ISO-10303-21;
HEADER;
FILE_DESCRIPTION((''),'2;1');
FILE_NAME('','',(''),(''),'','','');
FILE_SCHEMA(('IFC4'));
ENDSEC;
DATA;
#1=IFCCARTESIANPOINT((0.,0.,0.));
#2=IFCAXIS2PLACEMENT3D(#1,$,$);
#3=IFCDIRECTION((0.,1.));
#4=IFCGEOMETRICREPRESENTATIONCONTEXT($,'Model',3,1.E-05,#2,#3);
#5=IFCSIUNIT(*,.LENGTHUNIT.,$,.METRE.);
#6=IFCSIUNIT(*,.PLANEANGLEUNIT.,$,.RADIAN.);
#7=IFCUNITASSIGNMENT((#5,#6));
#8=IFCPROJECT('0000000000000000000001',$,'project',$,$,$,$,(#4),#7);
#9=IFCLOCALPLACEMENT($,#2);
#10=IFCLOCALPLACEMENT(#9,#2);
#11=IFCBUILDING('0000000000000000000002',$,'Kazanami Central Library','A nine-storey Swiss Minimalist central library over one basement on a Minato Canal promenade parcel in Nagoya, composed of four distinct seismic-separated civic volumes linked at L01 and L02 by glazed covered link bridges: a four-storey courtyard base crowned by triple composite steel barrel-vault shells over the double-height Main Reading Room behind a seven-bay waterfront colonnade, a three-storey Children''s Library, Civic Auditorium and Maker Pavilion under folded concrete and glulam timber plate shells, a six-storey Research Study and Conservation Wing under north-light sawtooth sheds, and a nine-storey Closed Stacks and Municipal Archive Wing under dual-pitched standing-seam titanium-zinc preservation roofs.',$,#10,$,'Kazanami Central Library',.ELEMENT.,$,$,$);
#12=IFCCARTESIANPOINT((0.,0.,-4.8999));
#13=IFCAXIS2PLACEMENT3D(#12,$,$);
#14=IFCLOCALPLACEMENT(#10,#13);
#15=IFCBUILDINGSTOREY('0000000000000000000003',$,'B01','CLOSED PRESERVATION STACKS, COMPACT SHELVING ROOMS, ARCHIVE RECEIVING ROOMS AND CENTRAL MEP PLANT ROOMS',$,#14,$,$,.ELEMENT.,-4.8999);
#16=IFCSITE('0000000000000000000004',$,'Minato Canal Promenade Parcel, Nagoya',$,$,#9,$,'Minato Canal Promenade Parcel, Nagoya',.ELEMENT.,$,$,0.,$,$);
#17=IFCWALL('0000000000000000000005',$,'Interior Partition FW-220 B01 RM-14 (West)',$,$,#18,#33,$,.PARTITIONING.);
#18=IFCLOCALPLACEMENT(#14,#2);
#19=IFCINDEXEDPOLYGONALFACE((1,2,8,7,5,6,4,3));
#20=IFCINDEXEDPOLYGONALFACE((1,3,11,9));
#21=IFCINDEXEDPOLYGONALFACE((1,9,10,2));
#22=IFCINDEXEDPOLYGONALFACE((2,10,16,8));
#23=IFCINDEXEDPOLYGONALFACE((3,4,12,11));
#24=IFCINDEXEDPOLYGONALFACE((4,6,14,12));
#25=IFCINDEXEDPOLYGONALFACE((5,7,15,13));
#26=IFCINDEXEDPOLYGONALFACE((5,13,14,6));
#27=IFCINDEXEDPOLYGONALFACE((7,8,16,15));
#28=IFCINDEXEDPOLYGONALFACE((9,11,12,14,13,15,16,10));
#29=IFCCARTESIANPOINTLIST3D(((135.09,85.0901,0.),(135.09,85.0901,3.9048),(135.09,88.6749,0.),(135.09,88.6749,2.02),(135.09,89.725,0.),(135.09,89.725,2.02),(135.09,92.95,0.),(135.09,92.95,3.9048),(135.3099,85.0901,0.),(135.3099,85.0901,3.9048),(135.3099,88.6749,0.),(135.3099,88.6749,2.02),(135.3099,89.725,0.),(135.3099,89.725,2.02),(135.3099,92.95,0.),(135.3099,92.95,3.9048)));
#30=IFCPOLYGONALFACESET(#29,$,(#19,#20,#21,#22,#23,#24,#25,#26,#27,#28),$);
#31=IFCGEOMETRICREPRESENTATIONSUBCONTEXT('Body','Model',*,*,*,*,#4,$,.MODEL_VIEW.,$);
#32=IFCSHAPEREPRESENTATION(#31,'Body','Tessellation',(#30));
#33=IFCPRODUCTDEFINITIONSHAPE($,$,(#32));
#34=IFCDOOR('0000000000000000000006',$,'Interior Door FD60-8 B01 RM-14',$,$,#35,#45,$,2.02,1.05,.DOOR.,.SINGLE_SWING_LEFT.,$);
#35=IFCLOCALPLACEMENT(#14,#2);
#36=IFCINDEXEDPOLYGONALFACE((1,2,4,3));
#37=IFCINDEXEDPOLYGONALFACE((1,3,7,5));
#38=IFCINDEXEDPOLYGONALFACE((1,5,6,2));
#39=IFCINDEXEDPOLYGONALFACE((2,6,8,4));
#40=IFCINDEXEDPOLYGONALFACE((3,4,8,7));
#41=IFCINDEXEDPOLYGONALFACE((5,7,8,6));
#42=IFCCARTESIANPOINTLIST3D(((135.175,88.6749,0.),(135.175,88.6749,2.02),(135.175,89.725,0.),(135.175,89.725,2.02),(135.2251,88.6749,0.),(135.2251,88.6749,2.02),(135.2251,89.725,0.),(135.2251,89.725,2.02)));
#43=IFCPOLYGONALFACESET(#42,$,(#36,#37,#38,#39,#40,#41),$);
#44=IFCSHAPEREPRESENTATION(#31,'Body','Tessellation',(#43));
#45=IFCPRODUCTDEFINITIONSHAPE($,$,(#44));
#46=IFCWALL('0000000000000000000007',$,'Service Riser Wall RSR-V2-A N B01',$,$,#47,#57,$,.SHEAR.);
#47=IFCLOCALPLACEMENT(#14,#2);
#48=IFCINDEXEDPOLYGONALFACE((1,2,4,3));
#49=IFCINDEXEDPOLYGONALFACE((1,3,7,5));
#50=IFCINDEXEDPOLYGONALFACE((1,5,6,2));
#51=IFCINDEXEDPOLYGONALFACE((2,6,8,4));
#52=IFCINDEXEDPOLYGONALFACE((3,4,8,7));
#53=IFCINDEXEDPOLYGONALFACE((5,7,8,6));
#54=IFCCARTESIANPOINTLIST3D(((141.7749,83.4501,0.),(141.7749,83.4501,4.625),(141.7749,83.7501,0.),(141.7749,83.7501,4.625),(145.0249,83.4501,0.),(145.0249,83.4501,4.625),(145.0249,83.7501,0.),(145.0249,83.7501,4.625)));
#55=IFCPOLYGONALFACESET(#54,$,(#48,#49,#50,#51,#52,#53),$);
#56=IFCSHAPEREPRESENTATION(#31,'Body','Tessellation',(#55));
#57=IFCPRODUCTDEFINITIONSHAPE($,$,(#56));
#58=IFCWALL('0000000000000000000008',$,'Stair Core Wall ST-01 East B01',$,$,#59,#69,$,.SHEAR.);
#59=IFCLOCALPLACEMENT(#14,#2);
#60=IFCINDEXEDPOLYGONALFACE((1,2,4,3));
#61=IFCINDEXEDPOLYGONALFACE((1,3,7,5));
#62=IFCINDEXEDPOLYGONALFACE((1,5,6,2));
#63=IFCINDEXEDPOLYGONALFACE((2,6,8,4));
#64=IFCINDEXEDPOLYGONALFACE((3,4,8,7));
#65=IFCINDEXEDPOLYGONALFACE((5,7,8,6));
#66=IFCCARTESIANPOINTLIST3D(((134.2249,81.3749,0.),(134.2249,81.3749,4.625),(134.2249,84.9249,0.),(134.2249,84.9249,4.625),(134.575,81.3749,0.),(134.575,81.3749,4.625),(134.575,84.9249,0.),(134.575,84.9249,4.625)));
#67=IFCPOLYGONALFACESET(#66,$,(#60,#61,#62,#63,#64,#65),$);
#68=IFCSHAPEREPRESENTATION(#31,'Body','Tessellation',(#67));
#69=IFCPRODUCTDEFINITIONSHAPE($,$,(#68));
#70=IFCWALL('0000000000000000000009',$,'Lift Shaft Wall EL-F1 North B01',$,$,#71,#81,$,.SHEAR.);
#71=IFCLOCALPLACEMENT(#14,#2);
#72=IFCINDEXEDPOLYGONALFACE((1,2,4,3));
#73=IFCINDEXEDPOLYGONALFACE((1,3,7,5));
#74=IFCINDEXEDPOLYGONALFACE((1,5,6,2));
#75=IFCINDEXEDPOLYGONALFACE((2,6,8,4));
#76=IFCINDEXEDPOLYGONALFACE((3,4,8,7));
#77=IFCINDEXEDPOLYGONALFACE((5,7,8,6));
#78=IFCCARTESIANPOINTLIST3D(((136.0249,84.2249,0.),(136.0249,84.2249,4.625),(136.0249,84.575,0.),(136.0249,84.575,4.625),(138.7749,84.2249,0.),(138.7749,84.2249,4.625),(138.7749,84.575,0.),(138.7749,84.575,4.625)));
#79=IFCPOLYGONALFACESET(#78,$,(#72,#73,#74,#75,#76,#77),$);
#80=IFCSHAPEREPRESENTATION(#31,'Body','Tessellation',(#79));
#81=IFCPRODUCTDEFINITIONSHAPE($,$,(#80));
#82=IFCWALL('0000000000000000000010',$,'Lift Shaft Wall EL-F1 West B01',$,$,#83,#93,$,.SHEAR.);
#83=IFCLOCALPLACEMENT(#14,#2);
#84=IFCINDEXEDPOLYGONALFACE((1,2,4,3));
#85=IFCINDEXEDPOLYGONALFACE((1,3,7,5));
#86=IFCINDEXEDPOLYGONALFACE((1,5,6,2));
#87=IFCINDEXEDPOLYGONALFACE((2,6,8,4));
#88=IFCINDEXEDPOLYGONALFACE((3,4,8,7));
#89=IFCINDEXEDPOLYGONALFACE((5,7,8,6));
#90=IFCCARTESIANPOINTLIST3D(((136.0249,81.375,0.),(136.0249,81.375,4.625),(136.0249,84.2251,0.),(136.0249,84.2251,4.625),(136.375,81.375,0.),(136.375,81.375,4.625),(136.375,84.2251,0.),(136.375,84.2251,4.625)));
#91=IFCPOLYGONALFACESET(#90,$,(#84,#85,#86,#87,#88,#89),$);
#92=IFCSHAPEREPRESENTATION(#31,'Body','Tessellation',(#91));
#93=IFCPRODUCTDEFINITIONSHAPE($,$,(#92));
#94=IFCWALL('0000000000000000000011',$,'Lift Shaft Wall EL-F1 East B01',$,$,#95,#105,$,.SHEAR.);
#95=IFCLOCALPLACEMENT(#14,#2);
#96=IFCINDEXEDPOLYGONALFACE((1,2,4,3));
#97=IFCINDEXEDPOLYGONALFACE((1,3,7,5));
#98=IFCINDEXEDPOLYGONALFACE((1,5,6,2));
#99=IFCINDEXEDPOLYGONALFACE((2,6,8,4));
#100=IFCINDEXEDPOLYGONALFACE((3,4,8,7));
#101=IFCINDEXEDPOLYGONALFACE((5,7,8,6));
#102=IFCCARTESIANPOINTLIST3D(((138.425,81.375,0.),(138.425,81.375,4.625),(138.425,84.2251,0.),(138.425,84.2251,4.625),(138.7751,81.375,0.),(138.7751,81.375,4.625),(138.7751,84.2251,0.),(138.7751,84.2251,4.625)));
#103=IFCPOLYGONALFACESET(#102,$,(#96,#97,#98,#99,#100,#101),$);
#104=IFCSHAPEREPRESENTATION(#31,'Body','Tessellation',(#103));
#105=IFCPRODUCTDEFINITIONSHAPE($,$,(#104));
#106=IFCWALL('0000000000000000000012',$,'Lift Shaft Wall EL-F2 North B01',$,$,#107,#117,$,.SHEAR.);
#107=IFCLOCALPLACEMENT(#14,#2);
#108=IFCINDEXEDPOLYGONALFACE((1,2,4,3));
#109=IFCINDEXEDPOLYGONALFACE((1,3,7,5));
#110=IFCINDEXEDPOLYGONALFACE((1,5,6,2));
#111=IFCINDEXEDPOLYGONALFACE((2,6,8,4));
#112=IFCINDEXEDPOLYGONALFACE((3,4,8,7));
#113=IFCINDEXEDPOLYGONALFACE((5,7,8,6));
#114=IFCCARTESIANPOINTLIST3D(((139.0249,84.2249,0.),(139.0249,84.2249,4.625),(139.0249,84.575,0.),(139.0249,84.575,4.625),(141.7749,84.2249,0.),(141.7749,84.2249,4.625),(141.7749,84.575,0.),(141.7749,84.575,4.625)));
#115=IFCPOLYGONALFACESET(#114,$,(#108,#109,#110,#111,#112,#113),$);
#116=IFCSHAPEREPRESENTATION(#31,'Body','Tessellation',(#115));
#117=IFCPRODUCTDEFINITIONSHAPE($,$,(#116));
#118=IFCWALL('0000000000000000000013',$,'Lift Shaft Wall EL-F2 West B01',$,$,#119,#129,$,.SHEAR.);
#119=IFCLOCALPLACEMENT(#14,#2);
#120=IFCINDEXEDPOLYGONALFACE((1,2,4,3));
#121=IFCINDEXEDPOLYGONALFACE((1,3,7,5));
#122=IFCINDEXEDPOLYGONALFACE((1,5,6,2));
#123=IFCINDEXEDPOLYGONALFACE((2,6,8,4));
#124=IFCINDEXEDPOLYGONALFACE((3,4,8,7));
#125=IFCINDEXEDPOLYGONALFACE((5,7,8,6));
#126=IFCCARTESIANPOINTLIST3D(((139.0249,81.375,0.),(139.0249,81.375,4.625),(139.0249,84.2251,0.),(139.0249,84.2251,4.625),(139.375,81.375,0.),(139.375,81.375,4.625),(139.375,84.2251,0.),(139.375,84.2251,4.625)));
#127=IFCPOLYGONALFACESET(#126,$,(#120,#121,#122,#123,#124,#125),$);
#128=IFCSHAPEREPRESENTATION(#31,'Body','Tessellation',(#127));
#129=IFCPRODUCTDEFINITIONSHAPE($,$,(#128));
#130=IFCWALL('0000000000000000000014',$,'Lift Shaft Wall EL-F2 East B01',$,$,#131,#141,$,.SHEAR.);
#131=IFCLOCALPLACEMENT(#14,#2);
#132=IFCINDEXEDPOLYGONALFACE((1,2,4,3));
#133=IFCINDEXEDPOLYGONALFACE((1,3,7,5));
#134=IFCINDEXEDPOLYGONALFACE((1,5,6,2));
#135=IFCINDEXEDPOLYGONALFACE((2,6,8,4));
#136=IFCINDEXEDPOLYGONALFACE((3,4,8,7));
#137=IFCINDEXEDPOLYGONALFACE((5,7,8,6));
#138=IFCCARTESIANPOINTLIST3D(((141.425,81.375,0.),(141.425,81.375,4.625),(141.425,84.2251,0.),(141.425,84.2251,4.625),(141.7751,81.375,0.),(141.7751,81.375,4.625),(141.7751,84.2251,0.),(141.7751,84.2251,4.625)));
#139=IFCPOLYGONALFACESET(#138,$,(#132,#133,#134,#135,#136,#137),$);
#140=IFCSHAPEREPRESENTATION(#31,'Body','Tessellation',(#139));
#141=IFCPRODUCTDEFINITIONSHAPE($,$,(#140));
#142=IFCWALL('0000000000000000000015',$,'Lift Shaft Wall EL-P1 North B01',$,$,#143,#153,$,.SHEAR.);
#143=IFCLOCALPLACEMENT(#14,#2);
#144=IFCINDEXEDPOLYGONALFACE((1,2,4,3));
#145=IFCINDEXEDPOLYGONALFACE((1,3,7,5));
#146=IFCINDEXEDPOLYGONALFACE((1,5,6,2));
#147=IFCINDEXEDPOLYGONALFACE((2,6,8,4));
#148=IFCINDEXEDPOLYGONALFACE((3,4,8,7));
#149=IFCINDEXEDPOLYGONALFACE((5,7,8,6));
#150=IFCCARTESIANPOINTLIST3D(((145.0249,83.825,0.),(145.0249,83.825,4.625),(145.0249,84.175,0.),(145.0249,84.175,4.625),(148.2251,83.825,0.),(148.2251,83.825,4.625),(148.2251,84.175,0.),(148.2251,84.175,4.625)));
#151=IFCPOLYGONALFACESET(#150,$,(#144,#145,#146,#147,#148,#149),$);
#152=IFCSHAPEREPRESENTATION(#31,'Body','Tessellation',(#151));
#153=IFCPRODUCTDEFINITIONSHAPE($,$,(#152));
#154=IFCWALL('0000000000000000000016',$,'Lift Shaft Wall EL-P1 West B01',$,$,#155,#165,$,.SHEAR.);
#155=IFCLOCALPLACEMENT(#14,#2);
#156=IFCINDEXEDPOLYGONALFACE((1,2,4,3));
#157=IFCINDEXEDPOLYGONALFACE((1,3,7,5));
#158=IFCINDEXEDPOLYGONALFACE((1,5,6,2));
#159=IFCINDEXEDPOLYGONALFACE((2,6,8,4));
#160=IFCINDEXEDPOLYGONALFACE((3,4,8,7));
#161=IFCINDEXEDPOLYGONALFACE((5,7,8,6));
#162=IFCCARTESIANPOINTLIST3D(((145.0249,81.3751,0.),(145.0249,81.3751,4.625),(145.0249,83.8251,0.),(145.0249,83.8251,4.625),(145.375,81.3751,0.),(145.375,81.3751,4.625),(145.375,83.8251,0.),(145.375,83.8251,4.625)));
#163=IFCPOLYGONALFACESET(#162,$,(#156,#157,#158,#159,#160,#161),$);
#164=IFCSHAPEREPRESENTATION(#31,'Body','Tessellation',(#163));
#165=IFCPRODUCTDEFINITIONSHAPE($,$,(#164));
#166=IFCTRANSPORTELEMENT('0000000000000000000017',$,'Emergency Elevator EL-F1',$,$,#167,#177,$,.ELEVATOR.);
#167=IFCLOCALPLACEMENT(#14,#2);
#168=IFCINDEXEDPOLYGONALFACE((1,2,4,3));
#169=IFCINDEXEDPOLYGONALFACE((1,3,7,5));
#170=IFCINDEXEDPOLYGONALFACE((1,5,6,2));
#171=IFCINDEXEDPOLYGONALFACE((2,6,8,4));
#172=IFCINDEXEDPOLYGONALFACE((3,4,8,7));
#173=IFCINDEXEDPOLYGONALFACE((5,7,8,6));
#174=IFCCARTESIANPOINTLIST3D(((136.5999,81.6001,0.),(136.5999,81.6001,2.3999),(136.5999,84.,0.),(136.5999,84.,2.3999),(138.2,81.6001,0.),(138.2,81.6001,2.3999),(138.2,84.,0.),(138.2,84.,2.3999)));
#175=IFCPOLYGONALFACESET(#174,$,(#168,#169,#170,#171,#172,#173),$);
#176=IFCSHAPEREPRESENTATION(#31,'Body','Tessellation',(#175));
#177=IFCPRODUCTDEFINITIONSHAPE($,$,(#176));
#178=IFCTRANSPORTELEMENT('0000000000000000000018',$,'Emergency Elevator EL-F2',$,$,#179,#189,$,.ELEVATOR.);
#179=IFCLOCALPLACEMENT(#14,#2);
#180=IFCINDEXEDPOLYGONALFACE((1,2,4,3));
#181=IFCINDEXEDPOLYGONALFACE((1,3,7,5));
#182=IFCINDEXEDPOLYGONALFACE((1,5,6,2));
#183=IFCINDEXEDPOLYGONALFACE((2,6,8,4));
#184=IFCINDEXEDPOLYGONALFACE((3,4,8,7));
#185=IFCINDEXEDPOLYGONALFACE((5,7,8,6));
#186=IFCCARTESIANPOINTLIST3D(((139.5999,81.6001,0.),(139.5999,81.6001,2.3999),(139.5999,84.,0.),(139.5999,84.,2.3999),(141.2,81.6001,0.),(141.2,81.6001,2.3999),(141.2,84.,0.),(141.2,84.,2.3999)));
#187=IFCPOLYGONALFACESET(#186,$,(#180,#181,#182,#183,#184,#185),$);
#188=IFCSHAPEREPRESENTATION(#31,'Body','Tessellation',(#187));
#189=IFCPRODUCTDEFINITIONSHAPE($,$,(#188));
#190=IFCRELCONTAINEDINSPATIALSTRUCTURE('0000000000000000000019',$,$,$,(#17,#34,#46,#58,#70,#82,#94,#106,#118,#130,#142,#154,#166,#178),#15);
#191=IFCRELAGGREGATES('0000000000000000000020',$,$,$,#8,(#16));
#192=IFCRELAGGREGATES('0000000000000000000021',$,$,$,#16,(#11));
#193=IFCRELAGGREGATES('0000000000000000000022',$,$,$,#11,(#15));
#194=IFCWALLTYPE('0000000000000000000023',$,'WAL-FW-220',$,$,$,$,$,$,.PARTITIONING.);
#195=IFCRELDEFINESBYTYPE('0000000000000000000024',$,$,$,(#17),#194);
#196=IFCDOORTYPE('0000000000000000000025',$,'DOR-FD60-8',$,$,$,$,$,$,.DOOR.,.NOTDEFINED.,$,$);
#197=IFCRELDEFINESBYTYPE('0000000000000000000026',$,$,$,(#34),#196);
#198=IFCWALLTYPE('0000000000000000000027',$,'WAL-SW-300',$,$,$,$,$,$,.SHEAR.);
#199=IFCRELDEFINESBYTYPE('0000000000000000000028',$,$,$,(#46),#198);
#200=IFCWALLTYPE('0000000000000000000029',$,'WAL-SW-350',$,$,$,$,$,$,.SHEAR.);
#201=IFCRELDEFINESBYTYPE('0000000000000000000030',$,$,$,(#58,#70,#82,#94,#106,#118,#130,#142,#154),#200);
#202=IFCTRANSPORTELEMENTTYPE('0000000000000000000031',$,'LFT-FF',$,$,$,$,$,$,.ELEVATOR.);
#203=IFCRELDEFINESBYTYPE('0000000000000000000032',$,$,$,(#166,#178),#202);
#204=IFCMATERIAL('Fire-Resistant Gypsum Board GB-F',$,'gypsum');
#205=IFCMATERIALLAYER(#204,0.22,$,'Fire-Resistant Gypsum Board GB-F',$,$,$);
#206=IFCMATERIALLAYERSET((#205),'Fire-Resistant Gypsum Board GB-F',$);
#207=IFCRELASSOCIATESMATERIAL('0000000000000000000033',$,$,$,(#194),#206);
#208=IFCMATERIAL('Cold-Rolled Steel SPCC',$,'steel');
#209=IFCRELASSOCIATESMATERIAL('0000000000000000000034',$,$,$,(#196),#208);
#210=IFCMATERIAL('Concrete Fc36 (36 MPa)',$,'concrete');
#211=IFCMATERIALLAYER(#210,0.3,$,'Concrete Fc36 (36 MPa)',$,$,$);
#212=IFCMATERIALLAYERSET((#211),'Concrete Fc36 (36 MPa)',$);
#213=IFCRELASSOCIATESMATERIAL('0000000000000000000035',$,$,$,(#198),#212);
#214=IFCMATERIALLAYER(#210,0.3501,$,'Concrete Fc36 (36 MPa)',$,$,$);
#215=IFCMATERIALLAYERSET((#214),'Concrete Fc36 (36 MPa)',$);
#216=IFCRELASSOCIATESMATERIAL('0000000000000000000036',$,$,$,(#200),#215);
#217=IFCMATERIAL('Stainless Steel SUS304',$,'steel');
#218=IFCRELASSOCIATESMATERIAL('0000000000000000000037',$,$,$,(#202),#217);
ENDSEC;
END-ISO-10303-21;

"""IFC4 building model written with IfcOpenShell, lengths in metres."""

from ifc_helpers import new_model, si_unit, direction, frame, frame_2d, origin, origin_2d, place, context, subcontext, project, spatial, rectangle, extrude, material, layer, layer_set, type_object, element, fill, save


model = new_model("IFC4")

# Units and contexts
model_context = context("Model", 3, precision=1e-05, world=origin(), true_north=direction((0.0, 1.0)))
body_context = subcontext(model_context, "Body", "Model", "MODEL_VIEW")
ifc_project = project(units=[si_unit("LENGTHUNIT", "METRE"), si_unit("PLANEANGLEUNIT", "RADIAN")], contexts=[model_context])

# Site, building, storey
site_placement = place(None, origin())
site = spatial("IfcSite", under=ifc_project, at=site_placement, Name="Minato Canal Promenade Parcel, Nagoya", LongName="Minato Canal Promenade Parcel, Nagoya", CompositionType="ELEMENT", RefElevation=0.0)
building_placement = place(site_placement, origin())
building = spatial("IfcBuilding", under=site, at=building_placement, Name="Kazanami Central Library", Description="A nine-storey Swiss Minimalist central library over one basement on a Minato Canal promenade parcel in Nagoya, composed of four distinct seismic-separated civic volumes linked at L01 and L02 by glazed covered link bridges: a four-storey courtyard base crowned by triple composite steel barrel-vault shells over the double-height Main Reading Room behind a seven-bay waterfront colonnade, a three-storey Children's Library, Civic Auditorium and Maker Pavilion under folded concrete and glulam timber plate shells, a six-storey Research Study and Conservation Wing under north-light sawtooth sheds, and a nine-storey Closed Stacks and Municipal Archive Wing under dual-pitched standing-seam titanium-zinc preservation roofs.", LongName="Kazanami Central Library", CompositionType="ELEMENT")
storey_placement = place(building_placement, frame((0.0, 0.0, -4.8999)))
storey = spatial("IfcBuildingStorey", under=building, at=storey_placement, Name="B01", Description="CLOSED PRESERVATION STACKS, COMPACT SHELVING ROOMS, ARCHIVE RECEIVING ROOMS AND CENTRAL MEP PLANT ROOMS", CompositionType="ELEMENT", Elevation=-4.8999)

# Shared definitions
ifc_material_1 = material(Name="Concrete Fc36 (36 MPa)", Category="concrete")

# Wall, opening, door
ifc_material_2 = material(Name="Fire-Resistant Gypsum Board GB-F", Category="gypsum")
ifc_layer_1 = layer(ifc_material_2, 0.22, Name="Fire-Resistant Gypsum Board GB-F")
ifc_layer_set_1 = layer_set([ifc_layer_1], Name="Fire-Resistant Gypsum Board GB-F")
wall_type_1 = type_object("IfcWallType", Name="WAL-FW-220", PredefinedType="PARTITIONING", material=ifc_layer_set_1)
wall_1_placement = place(storey_placement, frame((135.2, 85.0901, 0.0), z_axis=(0.0, 0.0, 1.0), x_axis=(0.0, 1.0, 0.0)))
wall_1 = element("IfcWall", 1, at=wall_1_placement, inside=storey, type_object=wall_type_1, Name="Interior Partition FW-220 B01 RM-14 (West)", PredefinedType="PARTITIONING", context=body_context, shape_type="SweptSolid", body=[
    extrude(rectangle(XDim=7.8599, YDim=0.22, at=frame_2d((3.9299, 0.0))), origin(), (0.0, 0.0, 1.0), 3.9048),
])
opening_placement = place(wall_1_placement, frame((3.585, 0.0, 0.0)))
opening = element("IfcOpeningElement", 2, at=opening_placement, cuts=wall_1, PredefinedType="OPENING", context=body_context, shape_type="SweptSolid", body=[
    extrude(rectangle(XDim=1.05, YDim=2.02, at=frame_2d((0.5249, 1.01))), frame((0.0, 0.1221, 0.0), z_axis=(0.0, -1.0, 0.0), x_axis=(1.0, 0.0, 0.0)), (0.0, 0.0, 1.0), 0.2439),
])
ifc_material_3 = material(Name="Cold-Rolled Steel SPCC", Category="steel")
door_type = type_object("IfcDoorType", Name="DOR-FD60-8", OperationType="NOTDEFINED", PredefinedType="DOOR", material=ifc_material_3)
door_placement = place(opening_placement, origin())
door = element("IfcDoor", 3, at=door_placement, inside=storey, type_object=door_type, Name="Interior Door FD60-8 B01 RM-14", OperationType="SINGLE_SWING_LEFT", OverallHeight=2.02, OverallWidth=1.05, PredefinedType="DOOR", context=body_context, shape_type="SweptSolid", body=[
    extrude(rectangle(XDim=1.05, YDim=2.02, at=frame_2d((0.5249, 1.01))), frame((0.0, 0.0249, 0.0), z_axis=(0.0, -1.0, 0.0), x_axis=(1.0, 0.0, 0.0)), (0.0, 0.0, 1.0), 0.05),
])
fill(opening, door)

# Walls
ifc_layer_2 = layer(ifc_material_1, 0.3, Name="Concrete Fc36 (36 MPa)")
ifc_layer_set_2 = layer_set([ifc_layer_2], Name="Concrete Fc36 (36 MPa)")
wall_type_2 = type_object("IfcWallType", Name="WAL-SW-300", PredefinedType="SHEAR", material=ifc_layer_set_2)
wall_2_placement = place(storey_placement, frame((141.7749, 83.6001, 0.0), z_axis=(0.0, 0.0, 1.0), x_axis=(1.0, 0.0, 0.0)))
element("IfcWall", 4, at=wall_2_placement, inside=storey, type_object=wall_type_2, Name="Service Riser Wall RSR-V2-A N B01", PredefinedType="SHEAR", context=body_context, shape_type="SweptSolid", body=[
    extrude(rectangle(XDim=3.25, YDim=0.3, at=frame_2d((1.625, 0.0))), origin(), (0.0, 0.0, 1.0), 4.625),
])
ifc_layer_3 = layer(ifc_material_1, 0.3501, Name="Concrete Fc36 (36 MPa)")
ifc_layer_set_3 = layer_set([ifc_layer_3], Name="Concrete Fc36 (36 MPa)")
wall_type_3 = type_object("IfcWallType", Name="WAL-SW-350", PredefinedType="SHEAR", material=ifc_layer_set_3)
wall_3_placement = place(storey_placement, frame((134.3999, 81.375, 0.0), z_axis=(0.0, 0.0, 1.0), x_axis=(0.0, 1.0, 0.0)))
element("IfcWall", 5, at=wall_3_placement, inside=storey, type_object=wall_type_3, Name="Stair Core Wall ST-01 East B01", PredefinedType="SHEAR", context=body_context, shape_type="SweptSolid", body=[
    extrude(rectangle(XDim=3.55, YDim=0.3501, at=frame_2d((1.7749, 0.0))), origin(), (0.0, 0.0, 1.0), 4.625),
])
wall_4_placement = place(storey_placement, frame((136.0249, 84.3999, 0.0), z_axis=(0.0, 0.0, 1.0), x_axis=(1.0, 0.0, 0.0)))
element("IfcWall", 6, at=wall_4_placement, inside=storey, type_object=wall_type_3, Name="Lift Shaft Wall EL-F1 North B01", PredefinedType="SHEAR", context=body_context, shape_type="SweptSolid", body=[
    extrude(rectangle(XDim=2.75, YDim=0.3501, at=frame_2d((1.375, 0.0))), origin(), (0.0, 0.0, 1.0), 4.625),
])
for number, where, z_axis, x_axis, name in (
    (7, (136.2, 81.375, 0.0), (0.0, 0.0, 1.0), (0.0, 1.0, 0.0), "Lift Shaft Wall EL-F1 West B01"),
    (8, (138.6001, 81.375, 0.0), (0.0, 0.0, 1.0), (0.0, 1.0, 0.0), "Lift Shaft Wall EL-F1 East B01"),
):
    element("IfcWall", number, at=place(storey_placement, frame(where, z_axis=z_axis, x_axis=x_axis)), inside=storey, type_object=wall_type_3, Name=name, PredefinedType="SHEAR", context=body_context, shape_type="SweptSolid", body=[
        extrude(rectangle(XDim=2.8501, YDim=0.3501, at=frame_2d((1.425, 0.0))), origin(), (0.0, 0.0, 1.0), 4.625),
    ])
wall_5_placement = place(storey_placement, frame((139.0249, 84.3999, 0.0), z_axis=(0.0, 0.0, 1.0), x_axis=(1.0, 0.0, 0.0)))
element("IfcWall", 9, at=wall_5_placement, inside=storey, type_object=wall_type_3, Name="Lift Shaft Wall EL-F2 North B01", PredefinedType="SHEAR", context=body_context, shape_type="SweptSolid", body=[
    extrude(rectangle(XDim=2.75, YDim=0.3501, at=frame_2d((1.375, 0.0))), origin(), (0.0, 0.0, 1.0), 4.625),
])
for number, where, z_axis, x_axis, name in (
    (10, (139.2, 81.375, 0.0), (0.0, 0.0, 1.0), (0.0, 1.0, 0.0), "Lift Shaft Wall EL-F2 West B01"),
    (11, (141.6001, 81.375, 0.0), (0.0, 0.0, 1.0), (0.0, 1.0, 0.0), "Lift Shaft Wall EL-F2 East B01"),
):
    element("IfcWall", number, at=place(storey_placement, frame(where, z_axis=z_axis, x_axis=x_axis)), inside=storey, type_object=wall_type_3, Name=name, PredefinedType="SHEAR", context=body_context, shape_type="SweptSolid", body=[
        extrude(rectangle(XDim=2.8501, YDim=0.3501, at=frame_2d((1.425, 0.0))), origin(), (0.0, 0.0, 1.0), 4.625),
    ])
wall_6_placement = place(storey_placement, frame((145.0249, 84.0, 0.0), z_axis=(0.0, 0.0, 1.0), x_axis=(1.0, 0.0, 0.0)))
element("IfcWall", 12, at=wall_6_placement, inside=storey, type_object=wall_type_3, Name="Lift Shaft Wall EL-P1 North B01", PredefinedType="SHEAR", context=body_context, shape_type="SweptSolid", body=[
    extrude(rectangle(XDim=3.2002, YDim=0.3501, at=frame_2d((1.6001, 0.0))), origin(), (0.0, 0.0, 1.0), 4.625),
])
wall_7_placement = place(storey_placement, frame((145.2, 81.375, 0.0), z_axis=(0.0, 0.0, 1.0), x_axis=(0.0, 1.0, 0.0)))
element("IfcWall", 13, at=wall_7_placement, inside=storey, type_object=wall_type_3, Name="Lift Shaft Wall EL-P1 West B01", PredefinedType="SHEAR", context=body_context, shape_type="SweptSolid", body=[
    extrude(rectangle(XDim=2.45, YDim=0.3501, at=frame_2d((1.2251, 0.0))), origin(), (0.0, 0.0, 1.0), 4.625),
])

# Transport elements
ifc_material_4 = material(Name="Stainless Steel SUS304", Category="steel")
transport_element_type = type_object("IfcTransportElementType", Name="LFT-FF", PredefinedType="ELEVATOR", material=ifc_material_4)
for number, where, z_axis, x_axis, name in (
    (14, (137.3999, 82.8, 0.0), (0.0, 0.0, 1.0), (1.0, 0.0, 0.0), "Emergency Elevator EL-F1"),
    (15, (140.3999, 82.8, 0.0), (0.0, 0.0, 1.0), (1.0, 0.0, 0.0), "Emergency Elevator EL-F2"),
):
    element("IfcTransportElement", number, at=place(storey_placement, frame(where, z_axis=z_axis, x_axis=x_axis)), inside=storey, type_object=transport_element_type, Name=name, PredefinedType="ELEVATOR", context=body_context, shape_type="SweptSolid", body=[
        extrude(rectangle(XDim=1.6001, YDim=2.3999, at=origin_2d()), origin(), (0.0, 0.0, 1.0), 2.3999),
    ])

save(model, "model.ifc")
